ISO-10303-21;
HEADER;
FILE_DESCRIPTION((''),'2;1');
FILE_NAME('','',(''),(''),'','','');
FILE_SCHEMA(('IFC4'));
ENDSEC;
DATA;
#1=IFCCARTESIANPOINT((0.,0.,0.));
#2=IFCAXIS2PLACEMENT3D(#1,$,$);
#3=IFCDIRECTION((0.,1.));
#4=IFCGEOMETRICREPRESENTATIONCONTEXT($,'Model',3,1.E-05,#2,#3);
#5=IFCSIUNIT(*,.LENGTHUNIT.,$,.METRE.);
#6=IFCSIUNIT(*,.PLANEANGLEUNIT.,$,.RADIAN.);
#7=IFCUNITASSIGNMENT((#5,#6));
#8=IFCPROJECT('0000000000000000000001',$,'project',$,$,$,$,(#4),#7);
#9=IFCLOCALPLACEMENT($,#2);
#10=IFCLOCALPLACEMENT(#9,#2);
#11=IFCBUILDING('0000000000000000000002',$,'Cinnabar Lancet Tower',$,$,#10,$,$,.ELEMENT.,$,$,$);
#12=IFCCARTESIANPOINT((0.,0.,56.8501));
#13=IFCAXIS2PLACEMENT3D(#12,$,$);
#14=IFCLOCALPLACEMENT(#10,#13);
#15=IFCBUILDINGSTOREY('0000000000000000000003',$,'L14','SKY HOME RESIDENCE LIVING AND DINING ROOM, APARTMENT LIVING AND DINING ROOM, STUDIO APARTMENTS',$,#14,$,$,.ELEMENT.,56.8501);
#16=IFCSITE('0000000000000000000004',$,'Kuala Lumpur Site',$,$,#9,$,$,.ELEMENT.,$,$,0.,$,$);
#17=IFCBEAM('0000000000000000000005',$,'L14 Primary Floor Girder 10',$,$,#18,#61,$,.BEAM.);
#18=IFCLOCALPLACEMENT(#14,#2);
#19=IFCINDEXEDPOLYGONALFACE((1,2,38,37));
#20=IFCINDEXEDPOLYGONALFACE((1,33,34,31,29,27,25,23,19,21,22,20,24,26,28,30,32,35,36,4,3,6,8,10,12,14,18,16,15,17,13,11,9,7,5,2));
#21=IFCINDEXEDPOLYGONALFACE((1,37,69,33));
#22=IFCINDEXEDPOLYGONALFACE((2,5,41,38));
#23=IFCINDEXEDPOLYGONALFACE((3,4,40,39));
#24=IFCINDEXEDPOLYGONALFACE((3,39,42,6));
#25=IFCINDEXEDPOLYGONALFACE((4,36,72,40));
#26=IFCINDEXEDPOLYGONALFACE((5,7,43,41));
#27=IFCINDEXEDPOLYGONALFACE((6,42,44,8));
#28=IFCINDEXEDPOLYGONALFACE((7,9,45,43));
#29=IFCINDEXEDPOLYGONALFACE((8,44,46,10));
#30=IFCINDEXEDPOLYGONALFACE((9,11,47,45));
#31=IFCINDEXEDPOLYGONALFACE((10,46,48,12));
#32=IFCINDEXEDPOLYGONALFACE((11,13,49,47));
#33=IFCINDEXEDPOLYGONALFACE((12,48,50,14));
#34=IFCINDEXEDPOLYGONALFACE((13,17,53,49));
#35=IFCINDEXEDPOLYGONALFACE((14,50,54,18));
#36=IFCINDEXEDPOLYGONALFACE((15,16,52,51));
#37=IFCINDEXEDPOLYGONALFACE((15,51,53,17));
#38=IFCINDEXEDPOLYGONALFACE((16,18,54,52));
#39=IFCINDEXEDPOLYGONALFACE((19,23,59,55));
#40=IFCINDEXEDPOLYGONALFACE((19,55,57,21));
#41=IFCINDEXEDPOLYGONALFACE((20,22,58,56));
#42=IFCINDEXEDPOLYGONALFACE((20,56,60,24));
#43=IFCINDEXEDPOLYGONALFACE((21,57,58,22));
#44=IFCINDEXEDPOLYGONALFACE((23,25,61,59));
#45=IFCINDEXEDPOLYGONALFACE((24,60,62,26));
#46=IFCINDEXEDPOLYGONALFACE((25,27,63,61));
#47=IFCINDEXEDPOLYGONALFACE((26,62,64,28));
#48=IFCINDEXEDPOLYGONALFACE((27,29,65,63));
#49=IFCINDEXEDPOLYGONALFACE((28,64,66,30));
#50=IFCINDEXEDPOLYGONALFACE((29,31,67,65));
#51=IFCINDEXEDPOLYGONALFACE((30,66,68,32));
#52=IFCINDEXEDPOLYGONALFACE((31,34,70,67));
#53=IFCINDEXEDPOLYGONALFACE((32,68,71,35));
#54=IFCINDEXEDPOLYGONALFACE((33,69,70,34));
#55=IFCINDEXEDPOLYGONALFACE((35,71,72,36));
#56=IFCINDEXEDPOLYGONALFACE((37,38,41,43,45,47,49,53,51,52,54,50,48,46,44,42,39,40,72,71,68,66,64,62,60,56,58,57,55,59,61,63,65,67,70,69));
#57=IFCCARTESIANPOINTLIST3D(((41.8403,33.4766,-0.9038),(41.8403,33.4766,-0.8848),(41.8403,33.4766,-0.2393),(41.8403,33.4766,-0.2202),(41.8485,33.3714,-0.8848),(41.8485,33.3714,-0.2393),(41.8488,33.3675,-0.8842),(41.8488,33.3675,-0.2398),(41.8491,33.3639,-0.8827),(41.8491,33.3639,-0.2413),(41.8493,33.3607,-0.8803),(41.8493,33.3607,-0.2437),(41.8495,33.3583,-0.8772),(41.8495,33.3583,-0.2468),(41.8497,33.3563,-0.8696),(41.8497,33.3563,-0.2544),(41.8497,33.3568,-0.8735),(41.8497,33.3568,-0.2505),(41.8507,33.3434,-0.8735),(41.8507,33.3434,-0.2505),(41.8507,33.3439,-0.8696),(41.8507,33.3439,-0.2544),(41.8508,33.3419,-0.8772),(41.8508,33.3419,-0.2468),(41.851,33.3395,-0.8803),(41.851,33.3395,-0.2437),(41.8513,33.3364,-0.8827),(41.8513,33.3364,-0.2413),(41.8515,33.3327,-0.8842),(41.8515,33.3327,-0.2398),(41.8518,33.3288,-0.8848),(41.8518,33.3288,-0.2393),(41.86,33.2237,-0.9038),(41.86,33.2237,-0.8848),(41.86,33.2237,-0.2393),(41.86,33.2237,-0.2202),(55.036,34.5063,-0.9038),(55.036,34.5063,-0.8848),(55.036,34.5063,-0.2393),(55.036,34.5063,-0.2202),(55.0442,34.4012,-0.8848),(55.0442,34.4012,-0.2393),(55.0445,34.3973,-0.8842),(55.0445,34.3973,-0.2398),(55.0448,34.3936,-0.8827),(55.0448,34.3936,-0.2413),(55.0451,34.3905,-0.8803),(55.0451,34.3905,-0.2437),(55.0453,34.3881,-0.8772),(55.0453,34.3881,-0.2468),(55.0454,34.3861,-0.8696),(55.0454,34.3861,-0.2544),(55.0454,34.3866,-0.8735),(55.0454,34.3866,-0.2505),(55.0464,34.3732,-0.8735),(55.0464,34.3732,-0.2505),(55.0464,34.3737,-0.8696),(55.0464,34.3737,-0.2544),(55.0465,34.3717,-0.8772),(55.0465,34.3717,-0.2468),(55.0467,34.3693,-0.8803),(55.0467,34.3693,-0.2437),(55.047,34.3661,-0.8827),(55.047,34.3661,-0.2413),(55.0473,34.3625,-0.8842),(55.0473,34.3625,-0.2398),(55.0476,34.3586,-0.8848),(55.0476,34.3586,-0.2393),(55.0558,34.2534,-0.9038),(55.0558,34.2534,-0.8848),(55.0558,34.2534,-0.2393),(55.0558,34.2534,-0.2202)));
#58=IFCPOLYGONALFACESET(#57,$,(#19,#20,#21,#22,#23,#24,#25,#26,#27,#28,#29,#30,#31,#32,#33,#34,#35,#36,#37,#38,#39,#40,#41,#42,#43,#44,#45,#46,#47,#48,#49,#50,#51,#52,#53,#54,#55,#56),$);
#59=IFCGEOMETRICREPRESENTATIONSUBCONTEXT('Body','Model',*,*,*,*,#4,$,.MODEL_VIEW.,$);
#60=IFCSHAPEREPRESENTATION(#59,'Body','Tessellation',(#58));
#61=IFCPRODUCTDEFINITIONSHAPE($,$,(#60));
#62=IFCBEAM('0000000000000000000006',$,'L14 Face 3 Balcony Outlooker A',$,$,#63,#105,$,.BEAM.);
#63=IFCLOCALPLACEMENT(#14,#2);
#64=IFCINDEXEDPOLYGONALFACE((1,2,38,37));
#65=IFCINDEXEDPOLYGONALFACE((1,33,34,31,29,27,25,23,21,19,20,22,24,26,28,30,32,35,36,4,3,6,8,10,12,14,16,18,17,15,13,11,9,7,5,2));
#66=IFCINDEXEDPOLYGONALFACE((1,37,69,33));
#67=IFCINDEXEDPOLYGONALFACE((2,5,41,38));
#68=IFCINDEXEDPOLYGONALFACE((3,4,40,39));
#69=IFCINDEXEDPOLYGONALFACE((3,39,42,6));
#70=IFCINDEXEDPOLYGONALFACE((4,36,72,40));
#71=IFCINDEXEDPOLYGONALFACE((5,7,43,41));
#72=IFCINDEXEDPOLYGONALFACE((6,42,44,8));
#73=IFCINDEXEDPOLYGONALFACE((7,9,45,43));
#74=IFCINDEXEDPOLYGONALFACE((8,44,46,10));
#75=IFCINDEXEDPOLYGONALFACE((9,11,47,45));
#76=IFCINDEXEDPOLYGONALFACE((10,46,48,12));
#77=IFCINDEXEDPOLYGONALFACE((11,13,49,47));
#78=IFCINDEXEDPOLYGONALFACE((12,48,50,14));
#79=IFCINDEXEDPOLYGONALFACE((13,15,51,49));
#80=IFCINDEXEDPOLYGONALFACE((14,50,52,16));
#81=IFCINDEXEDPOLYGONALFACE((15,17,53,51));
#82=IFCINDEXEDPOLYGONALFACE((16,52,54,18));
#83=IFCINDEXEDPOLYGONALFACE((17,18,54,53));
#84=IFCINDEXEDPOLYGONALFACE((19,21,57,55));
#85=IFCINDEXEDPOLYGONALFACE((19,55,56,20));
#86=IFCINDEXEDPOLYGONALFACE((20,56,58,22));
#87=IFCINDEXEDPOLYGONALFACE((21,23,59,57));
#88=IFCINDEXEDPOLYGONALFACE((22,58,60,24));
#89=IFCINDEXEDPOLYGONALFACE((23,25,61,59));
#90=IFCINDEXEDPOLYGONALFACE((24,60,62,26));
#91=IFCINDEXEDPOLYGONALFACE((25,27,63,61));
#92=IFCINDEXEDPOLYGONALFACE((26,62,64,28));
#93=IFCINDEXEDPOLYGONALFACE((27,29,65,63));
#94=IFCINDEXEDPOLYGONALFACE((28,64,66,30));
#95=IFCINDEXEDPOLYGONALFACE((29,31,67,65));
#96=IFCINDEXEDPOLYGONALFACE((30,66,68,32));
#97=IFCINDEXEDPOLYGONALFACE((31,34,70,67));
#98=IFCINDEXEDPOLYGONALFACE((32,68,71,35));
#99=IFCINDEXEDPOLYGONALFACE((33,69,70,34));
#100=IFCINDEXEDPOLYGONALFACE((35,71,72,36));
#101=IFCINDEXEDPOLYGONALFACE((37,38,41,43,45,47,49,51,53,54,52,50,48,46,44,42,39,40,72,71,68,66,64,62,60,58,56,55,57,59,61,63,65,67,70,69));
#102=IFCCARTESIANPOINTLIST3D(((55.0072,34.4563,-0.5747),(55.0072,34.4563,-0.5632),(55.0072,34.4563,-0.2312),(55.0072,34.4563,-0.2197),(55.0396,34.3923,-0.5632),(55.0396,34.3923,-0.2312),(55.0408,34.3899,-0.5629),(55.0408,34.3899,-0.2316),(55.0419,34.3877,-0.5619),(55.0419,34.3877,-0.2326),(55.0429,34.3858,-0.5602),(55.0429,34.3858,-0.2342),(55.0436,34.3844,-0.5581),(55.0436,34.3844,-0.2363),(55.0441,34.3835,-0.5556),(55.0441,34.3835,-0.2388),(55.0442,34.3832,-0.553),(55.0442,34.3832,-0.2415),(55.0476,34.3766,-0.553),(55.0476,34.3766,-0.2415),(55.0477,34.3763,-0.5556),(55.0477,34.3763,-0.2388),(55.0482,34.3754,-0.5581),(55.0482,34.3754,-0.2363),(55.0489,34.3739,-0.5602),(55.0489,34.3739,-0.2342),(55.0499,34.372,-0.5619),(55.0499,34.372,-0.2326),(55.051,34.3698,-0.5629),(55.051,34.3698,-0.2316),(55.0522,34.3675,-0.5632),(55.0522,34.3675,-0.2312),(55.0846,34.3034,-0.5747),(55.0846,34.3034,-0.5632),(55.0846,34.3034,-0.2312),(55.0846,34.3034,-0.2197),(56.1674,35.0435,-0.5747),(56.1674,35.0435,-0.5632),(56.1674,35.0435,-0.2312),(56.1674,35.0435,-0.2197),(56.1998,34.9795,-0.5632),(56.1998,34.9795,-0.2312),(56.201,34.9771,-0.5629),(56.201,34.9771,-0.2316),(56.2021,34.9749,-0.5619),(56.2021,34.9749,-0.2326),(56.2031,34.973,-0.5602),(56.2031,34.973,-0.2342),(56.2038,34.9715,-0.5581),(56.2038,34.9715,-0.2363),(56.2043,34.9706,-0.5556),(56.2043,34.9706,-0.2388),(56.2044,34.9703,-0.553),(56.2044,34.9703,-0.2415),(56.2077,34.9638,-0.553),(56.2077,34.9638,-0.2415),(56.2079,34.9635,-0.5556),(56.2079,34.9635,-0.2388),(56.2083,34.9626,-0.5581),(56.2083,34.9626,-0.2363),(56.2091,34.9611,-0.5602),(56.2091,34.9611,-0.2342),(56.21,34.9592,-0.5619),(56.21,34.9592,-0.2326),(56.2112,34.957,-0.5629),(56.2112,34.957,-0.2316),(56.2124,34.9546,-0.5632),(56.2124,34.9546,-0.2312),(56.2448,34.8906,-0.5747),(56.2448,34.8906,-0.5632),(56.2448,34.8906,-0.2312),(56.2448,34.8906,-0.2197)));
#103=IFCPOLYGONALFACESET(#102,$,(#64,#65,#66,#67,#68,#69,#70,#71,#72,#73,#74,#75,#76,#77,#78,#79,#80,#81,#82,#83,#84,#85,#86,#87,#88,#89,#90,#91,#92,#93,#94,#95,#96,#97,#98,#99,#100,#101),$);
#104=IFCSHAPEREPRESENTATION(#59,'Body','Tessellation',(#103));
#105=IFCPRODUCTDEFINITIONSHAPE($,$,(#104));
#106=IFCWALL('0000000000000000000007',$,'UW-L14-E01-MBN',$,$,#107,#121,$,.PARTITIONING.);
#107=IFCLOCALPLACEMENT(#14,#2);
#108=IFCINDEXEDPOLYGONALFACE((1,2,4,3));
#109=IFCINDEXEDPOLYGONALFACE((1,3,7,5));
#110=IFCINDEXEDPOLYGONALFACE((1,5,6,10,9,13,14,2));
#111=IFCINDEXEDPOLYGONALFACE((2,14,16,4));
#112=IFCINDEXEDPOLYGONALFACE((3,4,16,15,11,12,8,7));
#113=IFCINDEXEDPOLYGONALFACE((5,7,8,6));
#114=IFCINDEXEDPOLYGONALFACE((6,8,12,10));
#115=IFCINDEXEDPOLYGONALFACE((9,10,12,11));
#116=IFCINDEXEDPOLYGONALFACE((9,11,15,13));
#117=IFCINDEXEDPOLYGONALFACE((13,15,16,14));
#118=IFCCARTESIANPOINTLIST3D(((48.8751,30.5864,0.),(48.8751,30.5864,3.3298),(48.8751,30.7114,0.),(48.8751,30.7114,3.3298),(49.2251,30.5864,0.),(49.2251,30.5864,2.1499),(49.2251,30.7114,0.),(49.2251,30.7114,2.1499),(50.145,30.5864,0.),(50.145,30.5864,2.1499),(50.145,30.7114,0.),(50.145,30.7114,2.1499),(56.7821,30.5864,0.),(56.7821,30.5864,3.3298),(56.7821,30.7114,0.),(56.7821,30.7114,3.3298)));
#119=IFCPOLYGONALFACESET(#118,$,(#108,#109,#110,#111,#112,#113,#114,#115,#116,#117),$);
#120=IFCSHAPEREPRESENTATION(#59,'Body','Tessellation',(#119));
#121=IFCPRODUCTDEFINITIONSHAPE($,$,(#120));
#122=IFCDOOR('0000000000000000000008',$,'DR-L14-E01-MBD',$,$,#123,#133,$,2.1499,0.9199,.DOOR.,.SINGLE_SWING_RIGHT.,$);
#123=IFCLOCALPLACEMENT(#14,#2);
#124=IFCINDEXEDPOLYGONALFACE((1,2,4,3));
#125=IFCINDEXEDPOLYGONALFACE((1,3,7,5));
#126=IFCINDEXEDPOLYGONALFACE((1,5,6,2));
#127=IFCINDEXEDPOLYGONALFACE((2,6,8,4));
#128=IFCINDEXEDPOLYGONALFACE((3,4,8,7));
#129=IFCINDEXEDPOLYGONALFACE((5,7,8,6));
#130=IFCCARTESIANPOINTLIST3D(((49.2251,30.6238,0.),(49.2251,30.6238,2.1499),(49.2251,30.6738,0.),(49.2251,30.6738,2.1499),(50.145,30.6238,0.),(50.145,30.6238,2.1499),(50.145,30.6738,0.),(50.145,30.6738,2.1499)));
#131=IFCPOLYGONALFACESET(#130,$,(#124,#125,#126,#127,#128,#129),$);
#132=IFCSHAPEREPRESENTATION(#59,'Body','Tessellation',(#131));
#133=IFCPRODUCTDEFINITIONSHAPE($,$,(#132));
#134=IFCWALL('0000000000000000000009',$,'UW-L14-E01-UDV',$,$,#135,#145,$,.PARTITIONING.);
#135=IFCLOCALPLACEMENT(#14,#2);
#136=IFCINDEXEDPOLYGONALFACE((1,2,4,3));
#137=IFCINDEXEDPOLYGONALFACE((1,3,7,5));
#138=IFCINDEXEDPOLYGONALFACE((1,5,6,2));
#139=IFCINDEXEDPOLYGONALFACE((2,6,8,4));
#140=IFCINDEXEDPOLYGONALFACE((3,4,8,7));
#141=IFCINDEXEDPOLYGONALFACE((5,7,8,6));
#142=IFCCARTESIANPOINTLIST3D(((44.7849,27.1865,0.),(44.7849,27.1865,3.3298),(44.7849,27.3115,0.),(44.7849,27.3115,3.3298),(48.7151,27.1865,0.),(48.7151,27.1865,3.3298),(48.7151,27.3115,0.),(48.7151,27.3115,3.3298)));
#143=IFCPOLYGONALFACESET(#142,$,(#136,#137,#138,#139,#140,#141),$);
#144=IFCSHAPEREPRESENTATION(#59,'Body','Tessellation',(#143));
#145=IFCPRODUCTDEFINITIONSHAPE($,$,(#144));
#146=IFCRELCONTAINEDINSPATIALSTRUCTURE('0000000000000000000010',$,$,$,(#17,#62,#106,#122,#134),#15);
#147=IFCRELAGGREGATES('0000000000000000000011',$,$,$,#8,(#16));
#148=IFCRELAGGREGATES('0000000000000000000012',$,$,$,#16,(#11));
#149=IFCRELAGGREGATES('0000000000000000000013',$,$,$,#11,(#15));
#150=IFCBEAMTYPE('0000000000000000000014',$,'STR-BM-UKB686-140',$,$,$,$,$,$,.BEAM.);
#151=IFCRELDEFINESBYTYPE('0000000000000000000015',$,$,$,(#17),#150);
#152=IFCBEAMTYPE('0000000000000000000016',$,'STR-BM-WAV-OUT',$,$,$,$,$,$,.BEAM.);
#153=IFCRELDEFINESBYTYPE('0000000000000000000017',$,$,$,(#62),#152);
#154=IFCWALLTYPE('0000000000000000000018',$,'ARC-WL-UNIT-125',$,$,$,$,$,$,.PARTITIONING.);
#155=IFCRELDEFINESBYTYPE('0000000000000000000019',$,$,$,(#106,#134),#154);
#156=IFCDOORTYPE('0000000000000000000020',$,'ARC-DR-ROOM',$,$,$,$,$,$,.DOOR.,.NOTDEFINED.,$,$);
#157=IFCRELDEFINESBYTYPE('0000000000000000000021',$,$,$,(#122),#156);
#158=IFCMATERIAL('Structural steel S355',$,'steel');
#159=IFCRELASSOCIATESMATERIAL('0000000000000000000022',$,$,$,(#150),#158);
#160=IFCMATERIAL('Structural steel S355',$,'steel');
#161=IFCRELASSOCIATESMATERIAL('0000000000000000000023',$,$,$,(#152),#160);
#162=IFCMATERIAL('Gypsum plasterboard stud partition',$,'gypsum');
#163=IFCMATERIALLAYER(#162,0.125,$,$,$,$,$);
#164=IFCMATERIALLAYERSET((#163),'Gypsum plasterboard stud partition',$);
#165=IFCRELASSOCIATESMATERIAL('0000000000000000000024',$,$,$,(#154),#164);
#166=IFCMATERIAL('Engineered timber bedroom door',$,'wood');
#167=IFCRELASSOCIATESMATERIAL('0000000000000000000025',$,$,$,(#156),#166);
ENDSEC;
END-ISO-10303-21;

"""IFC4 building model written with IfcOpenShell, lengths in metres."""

from ifc_helpers import new_model, si_unit, direction, frame, frame_2d, origin, origin_2d, place, context, subcontext, project, spatial, rectangle, i_section, extrude, material, layer, layer_set, material_profile, profile_set, type_object, element, fill, save


model = new_model("IFC4")

# Units and contexts
model_context = context("Model", 3, precision=1e-05, world=origin(), true_north=direction((0.0, 1.0)))
body_context = subcontext(model_context, "Body", "Model", "MODEL_VIEW")
ifc_project = project(units=[si_unit("LENGTHUNIT", "METRE"), si_unit("PLANEANGLEUNIT", "RADIAN")], contexts=[model_context])

# Site, building, storey
site_placement = place(None, origin())
site = spatial("IfcSite", under=ifc_project, at=site_placement, Name="Kuala Lumpur Site", CompositionType="ELEMENT", RefElevation=0.0)
building_placement = place(site_placement, origin())
building = spatial("IfcBuilding", under=site, at=building_placement, Name="Cinnabar Lancet Tower", CompositionType="ELEMENT")
storey_placement = place(building_placement, frame((0.0, 0.0, 56.8501)))
storey = spatial("IfcBuildingStorey", under=building, at=storey_placement, Name="L14", Description="SKY HOME RESIDENCE LIVING AND DINING ROOM, APARTMENT LIVING AND DINING ROOM, STUDIO APARTMENTS", CompositionType="ELEMENT", Elevation=56.8501)

# Beams
ifc_material_1 = material(Name="Structural steel S355", Category="steel")
ifc_material_profile_1 = material_profile(ifc_material_1, i_section(OverallWidth=0.2537, OverallDepth=0.6836, WebThickness=0.0125, FlangeThickness=0.019, FilletRadius=0.0151, at=origin_2d()), Name="UKB 686x254x140")
ifc_profile_set_1 = profile_set([ifc_material_profile_1], Name="Structural steel S355")
beam_type_1 = type_object("IfcBeamType", Name="STR-BM-UKB686-140", PredefinedType="BEAM", material=ifc_profile_set_1)
beam_1_placement = place(storey_placement, frame((55.0459, 34.3799, -0.562), z_axis=(-0.996969, -0.077802, 0.0), x_axis=(0.077802, -0.996969, 0.0)))
element("IfcBeam", 1, at=beam_1_placement, inside=storey, type_object=beam_type_1, Name="L14 Primary Floor Girder 10", PredefinedType="BEAM", context=body_context, shape_type="SweptSolid", body=[
    extrude(i_section(OverallWidth=0.2537, OverallDepth=0.6836, WebThickness=0.0125, FlangeThickness=0.019, FilletRadius=0.0151, at=origin_2d()), origin(), (0.0, 0.0, 1.0), 13.2358),
])
ifc_material_2 = material(Name="Structural steel S355", Category="steel")
ifc_material_profile_2 = material_profile(ifc_material_2, i_section(OverallWidth=0.1714, OverallDepth=0.355, WebThickness=0.0073, FlangeThickness=0.0115, FilletRadius=0.0103, at=origin_2d()), Name="UKB 356x171x51")
ifc_profile_set_2 = profile_set([ifc_material_profile_2], Name="Structural steel S355")
beam_type_2 = type_object("IfcBeamType", Name="STR-BM-WAV-OUT", PredefinedType="BEAM", material=ifc_profile_set_2)
beam_2_placement = place(storey_placement, frame((55.0459, 34.3799, -0.3972), z_axis=(0.892239, 0.451564, 0.0), x_axis=(-0.451564, 0.892239, 0.0)))
element("IfcBeam", 2, at=beam_2_placement, inside=storey, type_object=beam_type_2, Name="L14 Face 3 Balcony Outlooker A", PredefinedType="BEAM", context=body_context, shape_type="SweptSolid", body=[
    extrude(i_section(OverallWidth=0.1714, OverallDepth=0.355, WebThickness=0.0073, FlangeThickness=0.0115, FilletRadius=0.0103, at=origin_2d()), origin(), (0.0, 0.0, 1.0), 1.3003),
])

# Wall, opening, door
ifc_material_3 = material(Name="Gypsum plasterboard stud partition", Category="gypsum")
ifc_layer_1 = layer(ifc_material_3, 0.125)
ifc_layer_set_1 = layer_set([ifc_layer_1], Name="Gypsum plasterboard stud partition")
wall_type_1 = type_object("IfcWallType", Name="ARC-WL-UNIT-125", PredefinedType="PARTITIONING", material=ifc_layer_set_1)
wall_1_placement = place(storey_placement, frame((48.875, 30.6489, 0.0), z_axis=(0.0, 0.0, 1.0), x_axis=(1.0, 0.0, 0.0)))
wall_1 = element("IfcWall", 3, at=wall_1_placement, inside=storey, type_object=wall_type_1, Name="UW-L14-E01-MBN", PredefinedType="PARTITIONING", context=body_context, shape_type="SweptSolid", body=[
    extrude(rectangle(XDim=7.907, YDim=0.125, at=frame_2d((3.9536, 0.0))), origin(), (0.0, 0.0, 1.0), 3.3298),
])
opening_1_placement = place(wall_1_placement, frame((0.3501, 0.0, 0.0)))
opening_1 = element("IfcOpeningElement", 4, at=opening_1_placement, cuts=wall_1, PredefinedType="OPENING", context=body_context, shape_type="SweptSolid", body=[
    extrude(rectangle(XDim=0.9199, YDim=2.1499, at=frame_2d((0.46, 1.075))), frame((0.0, 0.0725, 0.0), z_axis=(0.0, -1.0, 0.0), x_axis=(1.0, 0.0, 0.0)), (0.0, 0.0, 1.0), 0.145),
])
ifc_material_4 = material(Name="Engineered timber bedroom door", Category="wood")
door_type_1 = type_object("IfcDoorType", Name="ARC-DR-ROOM", OperationType="NOTDEFINED", PredefinedType="DOOR", material=ifc_material_4)
door_1_placement = place(opening_1_placement, origin())
door_1 = element("IfcDoor", 5, at=door_1_placement, inside=storey, type_object=door_type_1, Name="DR-L14-E01-MBD", OperationType="SINGLE_SWING_RIGHT", OverallHeight=2.1499, OverallWidth=0.9199, PredefinedType="DOOR", context=body_context, shape_type="SweptSolid", body=[
    extrude(rectangle(XDim=0.9199, YDim=2.1499, at=frame_2d((0.46, 1.075))), frame((0.0, 0.0249, 0.0), z_axis=(0.0, -1.0, 0.0), x_axis=(1.0, 0.0, 0.0)), (0.0, 0.0, 1.0), 0.05),
])
fill(opening_1, door_1)

# Wall
wall_2_placement = place(storey_placement, frame((44.7849, 27.249, 0.0), z_axis=(0.0, 0.0, 1.0), x_axis=(1.0, 0.0, 0.0)))
element("IfcWall", 6, at=wall_2_placement, inside=storey, type_object=wall_type_1, Name="UW-L14-E01-UDV", PredefinedType="PARTITIONING", context=body_context, shape_type="SweptSolid", body=[
    extrude(rectangle(XDim=3.9302, YDim=0.125, at=frame_2d((1.9651, 0.0))), origin(), (0.0, 0.0, 1.0), 3.3298),
])

save(model, "model.ifc")
